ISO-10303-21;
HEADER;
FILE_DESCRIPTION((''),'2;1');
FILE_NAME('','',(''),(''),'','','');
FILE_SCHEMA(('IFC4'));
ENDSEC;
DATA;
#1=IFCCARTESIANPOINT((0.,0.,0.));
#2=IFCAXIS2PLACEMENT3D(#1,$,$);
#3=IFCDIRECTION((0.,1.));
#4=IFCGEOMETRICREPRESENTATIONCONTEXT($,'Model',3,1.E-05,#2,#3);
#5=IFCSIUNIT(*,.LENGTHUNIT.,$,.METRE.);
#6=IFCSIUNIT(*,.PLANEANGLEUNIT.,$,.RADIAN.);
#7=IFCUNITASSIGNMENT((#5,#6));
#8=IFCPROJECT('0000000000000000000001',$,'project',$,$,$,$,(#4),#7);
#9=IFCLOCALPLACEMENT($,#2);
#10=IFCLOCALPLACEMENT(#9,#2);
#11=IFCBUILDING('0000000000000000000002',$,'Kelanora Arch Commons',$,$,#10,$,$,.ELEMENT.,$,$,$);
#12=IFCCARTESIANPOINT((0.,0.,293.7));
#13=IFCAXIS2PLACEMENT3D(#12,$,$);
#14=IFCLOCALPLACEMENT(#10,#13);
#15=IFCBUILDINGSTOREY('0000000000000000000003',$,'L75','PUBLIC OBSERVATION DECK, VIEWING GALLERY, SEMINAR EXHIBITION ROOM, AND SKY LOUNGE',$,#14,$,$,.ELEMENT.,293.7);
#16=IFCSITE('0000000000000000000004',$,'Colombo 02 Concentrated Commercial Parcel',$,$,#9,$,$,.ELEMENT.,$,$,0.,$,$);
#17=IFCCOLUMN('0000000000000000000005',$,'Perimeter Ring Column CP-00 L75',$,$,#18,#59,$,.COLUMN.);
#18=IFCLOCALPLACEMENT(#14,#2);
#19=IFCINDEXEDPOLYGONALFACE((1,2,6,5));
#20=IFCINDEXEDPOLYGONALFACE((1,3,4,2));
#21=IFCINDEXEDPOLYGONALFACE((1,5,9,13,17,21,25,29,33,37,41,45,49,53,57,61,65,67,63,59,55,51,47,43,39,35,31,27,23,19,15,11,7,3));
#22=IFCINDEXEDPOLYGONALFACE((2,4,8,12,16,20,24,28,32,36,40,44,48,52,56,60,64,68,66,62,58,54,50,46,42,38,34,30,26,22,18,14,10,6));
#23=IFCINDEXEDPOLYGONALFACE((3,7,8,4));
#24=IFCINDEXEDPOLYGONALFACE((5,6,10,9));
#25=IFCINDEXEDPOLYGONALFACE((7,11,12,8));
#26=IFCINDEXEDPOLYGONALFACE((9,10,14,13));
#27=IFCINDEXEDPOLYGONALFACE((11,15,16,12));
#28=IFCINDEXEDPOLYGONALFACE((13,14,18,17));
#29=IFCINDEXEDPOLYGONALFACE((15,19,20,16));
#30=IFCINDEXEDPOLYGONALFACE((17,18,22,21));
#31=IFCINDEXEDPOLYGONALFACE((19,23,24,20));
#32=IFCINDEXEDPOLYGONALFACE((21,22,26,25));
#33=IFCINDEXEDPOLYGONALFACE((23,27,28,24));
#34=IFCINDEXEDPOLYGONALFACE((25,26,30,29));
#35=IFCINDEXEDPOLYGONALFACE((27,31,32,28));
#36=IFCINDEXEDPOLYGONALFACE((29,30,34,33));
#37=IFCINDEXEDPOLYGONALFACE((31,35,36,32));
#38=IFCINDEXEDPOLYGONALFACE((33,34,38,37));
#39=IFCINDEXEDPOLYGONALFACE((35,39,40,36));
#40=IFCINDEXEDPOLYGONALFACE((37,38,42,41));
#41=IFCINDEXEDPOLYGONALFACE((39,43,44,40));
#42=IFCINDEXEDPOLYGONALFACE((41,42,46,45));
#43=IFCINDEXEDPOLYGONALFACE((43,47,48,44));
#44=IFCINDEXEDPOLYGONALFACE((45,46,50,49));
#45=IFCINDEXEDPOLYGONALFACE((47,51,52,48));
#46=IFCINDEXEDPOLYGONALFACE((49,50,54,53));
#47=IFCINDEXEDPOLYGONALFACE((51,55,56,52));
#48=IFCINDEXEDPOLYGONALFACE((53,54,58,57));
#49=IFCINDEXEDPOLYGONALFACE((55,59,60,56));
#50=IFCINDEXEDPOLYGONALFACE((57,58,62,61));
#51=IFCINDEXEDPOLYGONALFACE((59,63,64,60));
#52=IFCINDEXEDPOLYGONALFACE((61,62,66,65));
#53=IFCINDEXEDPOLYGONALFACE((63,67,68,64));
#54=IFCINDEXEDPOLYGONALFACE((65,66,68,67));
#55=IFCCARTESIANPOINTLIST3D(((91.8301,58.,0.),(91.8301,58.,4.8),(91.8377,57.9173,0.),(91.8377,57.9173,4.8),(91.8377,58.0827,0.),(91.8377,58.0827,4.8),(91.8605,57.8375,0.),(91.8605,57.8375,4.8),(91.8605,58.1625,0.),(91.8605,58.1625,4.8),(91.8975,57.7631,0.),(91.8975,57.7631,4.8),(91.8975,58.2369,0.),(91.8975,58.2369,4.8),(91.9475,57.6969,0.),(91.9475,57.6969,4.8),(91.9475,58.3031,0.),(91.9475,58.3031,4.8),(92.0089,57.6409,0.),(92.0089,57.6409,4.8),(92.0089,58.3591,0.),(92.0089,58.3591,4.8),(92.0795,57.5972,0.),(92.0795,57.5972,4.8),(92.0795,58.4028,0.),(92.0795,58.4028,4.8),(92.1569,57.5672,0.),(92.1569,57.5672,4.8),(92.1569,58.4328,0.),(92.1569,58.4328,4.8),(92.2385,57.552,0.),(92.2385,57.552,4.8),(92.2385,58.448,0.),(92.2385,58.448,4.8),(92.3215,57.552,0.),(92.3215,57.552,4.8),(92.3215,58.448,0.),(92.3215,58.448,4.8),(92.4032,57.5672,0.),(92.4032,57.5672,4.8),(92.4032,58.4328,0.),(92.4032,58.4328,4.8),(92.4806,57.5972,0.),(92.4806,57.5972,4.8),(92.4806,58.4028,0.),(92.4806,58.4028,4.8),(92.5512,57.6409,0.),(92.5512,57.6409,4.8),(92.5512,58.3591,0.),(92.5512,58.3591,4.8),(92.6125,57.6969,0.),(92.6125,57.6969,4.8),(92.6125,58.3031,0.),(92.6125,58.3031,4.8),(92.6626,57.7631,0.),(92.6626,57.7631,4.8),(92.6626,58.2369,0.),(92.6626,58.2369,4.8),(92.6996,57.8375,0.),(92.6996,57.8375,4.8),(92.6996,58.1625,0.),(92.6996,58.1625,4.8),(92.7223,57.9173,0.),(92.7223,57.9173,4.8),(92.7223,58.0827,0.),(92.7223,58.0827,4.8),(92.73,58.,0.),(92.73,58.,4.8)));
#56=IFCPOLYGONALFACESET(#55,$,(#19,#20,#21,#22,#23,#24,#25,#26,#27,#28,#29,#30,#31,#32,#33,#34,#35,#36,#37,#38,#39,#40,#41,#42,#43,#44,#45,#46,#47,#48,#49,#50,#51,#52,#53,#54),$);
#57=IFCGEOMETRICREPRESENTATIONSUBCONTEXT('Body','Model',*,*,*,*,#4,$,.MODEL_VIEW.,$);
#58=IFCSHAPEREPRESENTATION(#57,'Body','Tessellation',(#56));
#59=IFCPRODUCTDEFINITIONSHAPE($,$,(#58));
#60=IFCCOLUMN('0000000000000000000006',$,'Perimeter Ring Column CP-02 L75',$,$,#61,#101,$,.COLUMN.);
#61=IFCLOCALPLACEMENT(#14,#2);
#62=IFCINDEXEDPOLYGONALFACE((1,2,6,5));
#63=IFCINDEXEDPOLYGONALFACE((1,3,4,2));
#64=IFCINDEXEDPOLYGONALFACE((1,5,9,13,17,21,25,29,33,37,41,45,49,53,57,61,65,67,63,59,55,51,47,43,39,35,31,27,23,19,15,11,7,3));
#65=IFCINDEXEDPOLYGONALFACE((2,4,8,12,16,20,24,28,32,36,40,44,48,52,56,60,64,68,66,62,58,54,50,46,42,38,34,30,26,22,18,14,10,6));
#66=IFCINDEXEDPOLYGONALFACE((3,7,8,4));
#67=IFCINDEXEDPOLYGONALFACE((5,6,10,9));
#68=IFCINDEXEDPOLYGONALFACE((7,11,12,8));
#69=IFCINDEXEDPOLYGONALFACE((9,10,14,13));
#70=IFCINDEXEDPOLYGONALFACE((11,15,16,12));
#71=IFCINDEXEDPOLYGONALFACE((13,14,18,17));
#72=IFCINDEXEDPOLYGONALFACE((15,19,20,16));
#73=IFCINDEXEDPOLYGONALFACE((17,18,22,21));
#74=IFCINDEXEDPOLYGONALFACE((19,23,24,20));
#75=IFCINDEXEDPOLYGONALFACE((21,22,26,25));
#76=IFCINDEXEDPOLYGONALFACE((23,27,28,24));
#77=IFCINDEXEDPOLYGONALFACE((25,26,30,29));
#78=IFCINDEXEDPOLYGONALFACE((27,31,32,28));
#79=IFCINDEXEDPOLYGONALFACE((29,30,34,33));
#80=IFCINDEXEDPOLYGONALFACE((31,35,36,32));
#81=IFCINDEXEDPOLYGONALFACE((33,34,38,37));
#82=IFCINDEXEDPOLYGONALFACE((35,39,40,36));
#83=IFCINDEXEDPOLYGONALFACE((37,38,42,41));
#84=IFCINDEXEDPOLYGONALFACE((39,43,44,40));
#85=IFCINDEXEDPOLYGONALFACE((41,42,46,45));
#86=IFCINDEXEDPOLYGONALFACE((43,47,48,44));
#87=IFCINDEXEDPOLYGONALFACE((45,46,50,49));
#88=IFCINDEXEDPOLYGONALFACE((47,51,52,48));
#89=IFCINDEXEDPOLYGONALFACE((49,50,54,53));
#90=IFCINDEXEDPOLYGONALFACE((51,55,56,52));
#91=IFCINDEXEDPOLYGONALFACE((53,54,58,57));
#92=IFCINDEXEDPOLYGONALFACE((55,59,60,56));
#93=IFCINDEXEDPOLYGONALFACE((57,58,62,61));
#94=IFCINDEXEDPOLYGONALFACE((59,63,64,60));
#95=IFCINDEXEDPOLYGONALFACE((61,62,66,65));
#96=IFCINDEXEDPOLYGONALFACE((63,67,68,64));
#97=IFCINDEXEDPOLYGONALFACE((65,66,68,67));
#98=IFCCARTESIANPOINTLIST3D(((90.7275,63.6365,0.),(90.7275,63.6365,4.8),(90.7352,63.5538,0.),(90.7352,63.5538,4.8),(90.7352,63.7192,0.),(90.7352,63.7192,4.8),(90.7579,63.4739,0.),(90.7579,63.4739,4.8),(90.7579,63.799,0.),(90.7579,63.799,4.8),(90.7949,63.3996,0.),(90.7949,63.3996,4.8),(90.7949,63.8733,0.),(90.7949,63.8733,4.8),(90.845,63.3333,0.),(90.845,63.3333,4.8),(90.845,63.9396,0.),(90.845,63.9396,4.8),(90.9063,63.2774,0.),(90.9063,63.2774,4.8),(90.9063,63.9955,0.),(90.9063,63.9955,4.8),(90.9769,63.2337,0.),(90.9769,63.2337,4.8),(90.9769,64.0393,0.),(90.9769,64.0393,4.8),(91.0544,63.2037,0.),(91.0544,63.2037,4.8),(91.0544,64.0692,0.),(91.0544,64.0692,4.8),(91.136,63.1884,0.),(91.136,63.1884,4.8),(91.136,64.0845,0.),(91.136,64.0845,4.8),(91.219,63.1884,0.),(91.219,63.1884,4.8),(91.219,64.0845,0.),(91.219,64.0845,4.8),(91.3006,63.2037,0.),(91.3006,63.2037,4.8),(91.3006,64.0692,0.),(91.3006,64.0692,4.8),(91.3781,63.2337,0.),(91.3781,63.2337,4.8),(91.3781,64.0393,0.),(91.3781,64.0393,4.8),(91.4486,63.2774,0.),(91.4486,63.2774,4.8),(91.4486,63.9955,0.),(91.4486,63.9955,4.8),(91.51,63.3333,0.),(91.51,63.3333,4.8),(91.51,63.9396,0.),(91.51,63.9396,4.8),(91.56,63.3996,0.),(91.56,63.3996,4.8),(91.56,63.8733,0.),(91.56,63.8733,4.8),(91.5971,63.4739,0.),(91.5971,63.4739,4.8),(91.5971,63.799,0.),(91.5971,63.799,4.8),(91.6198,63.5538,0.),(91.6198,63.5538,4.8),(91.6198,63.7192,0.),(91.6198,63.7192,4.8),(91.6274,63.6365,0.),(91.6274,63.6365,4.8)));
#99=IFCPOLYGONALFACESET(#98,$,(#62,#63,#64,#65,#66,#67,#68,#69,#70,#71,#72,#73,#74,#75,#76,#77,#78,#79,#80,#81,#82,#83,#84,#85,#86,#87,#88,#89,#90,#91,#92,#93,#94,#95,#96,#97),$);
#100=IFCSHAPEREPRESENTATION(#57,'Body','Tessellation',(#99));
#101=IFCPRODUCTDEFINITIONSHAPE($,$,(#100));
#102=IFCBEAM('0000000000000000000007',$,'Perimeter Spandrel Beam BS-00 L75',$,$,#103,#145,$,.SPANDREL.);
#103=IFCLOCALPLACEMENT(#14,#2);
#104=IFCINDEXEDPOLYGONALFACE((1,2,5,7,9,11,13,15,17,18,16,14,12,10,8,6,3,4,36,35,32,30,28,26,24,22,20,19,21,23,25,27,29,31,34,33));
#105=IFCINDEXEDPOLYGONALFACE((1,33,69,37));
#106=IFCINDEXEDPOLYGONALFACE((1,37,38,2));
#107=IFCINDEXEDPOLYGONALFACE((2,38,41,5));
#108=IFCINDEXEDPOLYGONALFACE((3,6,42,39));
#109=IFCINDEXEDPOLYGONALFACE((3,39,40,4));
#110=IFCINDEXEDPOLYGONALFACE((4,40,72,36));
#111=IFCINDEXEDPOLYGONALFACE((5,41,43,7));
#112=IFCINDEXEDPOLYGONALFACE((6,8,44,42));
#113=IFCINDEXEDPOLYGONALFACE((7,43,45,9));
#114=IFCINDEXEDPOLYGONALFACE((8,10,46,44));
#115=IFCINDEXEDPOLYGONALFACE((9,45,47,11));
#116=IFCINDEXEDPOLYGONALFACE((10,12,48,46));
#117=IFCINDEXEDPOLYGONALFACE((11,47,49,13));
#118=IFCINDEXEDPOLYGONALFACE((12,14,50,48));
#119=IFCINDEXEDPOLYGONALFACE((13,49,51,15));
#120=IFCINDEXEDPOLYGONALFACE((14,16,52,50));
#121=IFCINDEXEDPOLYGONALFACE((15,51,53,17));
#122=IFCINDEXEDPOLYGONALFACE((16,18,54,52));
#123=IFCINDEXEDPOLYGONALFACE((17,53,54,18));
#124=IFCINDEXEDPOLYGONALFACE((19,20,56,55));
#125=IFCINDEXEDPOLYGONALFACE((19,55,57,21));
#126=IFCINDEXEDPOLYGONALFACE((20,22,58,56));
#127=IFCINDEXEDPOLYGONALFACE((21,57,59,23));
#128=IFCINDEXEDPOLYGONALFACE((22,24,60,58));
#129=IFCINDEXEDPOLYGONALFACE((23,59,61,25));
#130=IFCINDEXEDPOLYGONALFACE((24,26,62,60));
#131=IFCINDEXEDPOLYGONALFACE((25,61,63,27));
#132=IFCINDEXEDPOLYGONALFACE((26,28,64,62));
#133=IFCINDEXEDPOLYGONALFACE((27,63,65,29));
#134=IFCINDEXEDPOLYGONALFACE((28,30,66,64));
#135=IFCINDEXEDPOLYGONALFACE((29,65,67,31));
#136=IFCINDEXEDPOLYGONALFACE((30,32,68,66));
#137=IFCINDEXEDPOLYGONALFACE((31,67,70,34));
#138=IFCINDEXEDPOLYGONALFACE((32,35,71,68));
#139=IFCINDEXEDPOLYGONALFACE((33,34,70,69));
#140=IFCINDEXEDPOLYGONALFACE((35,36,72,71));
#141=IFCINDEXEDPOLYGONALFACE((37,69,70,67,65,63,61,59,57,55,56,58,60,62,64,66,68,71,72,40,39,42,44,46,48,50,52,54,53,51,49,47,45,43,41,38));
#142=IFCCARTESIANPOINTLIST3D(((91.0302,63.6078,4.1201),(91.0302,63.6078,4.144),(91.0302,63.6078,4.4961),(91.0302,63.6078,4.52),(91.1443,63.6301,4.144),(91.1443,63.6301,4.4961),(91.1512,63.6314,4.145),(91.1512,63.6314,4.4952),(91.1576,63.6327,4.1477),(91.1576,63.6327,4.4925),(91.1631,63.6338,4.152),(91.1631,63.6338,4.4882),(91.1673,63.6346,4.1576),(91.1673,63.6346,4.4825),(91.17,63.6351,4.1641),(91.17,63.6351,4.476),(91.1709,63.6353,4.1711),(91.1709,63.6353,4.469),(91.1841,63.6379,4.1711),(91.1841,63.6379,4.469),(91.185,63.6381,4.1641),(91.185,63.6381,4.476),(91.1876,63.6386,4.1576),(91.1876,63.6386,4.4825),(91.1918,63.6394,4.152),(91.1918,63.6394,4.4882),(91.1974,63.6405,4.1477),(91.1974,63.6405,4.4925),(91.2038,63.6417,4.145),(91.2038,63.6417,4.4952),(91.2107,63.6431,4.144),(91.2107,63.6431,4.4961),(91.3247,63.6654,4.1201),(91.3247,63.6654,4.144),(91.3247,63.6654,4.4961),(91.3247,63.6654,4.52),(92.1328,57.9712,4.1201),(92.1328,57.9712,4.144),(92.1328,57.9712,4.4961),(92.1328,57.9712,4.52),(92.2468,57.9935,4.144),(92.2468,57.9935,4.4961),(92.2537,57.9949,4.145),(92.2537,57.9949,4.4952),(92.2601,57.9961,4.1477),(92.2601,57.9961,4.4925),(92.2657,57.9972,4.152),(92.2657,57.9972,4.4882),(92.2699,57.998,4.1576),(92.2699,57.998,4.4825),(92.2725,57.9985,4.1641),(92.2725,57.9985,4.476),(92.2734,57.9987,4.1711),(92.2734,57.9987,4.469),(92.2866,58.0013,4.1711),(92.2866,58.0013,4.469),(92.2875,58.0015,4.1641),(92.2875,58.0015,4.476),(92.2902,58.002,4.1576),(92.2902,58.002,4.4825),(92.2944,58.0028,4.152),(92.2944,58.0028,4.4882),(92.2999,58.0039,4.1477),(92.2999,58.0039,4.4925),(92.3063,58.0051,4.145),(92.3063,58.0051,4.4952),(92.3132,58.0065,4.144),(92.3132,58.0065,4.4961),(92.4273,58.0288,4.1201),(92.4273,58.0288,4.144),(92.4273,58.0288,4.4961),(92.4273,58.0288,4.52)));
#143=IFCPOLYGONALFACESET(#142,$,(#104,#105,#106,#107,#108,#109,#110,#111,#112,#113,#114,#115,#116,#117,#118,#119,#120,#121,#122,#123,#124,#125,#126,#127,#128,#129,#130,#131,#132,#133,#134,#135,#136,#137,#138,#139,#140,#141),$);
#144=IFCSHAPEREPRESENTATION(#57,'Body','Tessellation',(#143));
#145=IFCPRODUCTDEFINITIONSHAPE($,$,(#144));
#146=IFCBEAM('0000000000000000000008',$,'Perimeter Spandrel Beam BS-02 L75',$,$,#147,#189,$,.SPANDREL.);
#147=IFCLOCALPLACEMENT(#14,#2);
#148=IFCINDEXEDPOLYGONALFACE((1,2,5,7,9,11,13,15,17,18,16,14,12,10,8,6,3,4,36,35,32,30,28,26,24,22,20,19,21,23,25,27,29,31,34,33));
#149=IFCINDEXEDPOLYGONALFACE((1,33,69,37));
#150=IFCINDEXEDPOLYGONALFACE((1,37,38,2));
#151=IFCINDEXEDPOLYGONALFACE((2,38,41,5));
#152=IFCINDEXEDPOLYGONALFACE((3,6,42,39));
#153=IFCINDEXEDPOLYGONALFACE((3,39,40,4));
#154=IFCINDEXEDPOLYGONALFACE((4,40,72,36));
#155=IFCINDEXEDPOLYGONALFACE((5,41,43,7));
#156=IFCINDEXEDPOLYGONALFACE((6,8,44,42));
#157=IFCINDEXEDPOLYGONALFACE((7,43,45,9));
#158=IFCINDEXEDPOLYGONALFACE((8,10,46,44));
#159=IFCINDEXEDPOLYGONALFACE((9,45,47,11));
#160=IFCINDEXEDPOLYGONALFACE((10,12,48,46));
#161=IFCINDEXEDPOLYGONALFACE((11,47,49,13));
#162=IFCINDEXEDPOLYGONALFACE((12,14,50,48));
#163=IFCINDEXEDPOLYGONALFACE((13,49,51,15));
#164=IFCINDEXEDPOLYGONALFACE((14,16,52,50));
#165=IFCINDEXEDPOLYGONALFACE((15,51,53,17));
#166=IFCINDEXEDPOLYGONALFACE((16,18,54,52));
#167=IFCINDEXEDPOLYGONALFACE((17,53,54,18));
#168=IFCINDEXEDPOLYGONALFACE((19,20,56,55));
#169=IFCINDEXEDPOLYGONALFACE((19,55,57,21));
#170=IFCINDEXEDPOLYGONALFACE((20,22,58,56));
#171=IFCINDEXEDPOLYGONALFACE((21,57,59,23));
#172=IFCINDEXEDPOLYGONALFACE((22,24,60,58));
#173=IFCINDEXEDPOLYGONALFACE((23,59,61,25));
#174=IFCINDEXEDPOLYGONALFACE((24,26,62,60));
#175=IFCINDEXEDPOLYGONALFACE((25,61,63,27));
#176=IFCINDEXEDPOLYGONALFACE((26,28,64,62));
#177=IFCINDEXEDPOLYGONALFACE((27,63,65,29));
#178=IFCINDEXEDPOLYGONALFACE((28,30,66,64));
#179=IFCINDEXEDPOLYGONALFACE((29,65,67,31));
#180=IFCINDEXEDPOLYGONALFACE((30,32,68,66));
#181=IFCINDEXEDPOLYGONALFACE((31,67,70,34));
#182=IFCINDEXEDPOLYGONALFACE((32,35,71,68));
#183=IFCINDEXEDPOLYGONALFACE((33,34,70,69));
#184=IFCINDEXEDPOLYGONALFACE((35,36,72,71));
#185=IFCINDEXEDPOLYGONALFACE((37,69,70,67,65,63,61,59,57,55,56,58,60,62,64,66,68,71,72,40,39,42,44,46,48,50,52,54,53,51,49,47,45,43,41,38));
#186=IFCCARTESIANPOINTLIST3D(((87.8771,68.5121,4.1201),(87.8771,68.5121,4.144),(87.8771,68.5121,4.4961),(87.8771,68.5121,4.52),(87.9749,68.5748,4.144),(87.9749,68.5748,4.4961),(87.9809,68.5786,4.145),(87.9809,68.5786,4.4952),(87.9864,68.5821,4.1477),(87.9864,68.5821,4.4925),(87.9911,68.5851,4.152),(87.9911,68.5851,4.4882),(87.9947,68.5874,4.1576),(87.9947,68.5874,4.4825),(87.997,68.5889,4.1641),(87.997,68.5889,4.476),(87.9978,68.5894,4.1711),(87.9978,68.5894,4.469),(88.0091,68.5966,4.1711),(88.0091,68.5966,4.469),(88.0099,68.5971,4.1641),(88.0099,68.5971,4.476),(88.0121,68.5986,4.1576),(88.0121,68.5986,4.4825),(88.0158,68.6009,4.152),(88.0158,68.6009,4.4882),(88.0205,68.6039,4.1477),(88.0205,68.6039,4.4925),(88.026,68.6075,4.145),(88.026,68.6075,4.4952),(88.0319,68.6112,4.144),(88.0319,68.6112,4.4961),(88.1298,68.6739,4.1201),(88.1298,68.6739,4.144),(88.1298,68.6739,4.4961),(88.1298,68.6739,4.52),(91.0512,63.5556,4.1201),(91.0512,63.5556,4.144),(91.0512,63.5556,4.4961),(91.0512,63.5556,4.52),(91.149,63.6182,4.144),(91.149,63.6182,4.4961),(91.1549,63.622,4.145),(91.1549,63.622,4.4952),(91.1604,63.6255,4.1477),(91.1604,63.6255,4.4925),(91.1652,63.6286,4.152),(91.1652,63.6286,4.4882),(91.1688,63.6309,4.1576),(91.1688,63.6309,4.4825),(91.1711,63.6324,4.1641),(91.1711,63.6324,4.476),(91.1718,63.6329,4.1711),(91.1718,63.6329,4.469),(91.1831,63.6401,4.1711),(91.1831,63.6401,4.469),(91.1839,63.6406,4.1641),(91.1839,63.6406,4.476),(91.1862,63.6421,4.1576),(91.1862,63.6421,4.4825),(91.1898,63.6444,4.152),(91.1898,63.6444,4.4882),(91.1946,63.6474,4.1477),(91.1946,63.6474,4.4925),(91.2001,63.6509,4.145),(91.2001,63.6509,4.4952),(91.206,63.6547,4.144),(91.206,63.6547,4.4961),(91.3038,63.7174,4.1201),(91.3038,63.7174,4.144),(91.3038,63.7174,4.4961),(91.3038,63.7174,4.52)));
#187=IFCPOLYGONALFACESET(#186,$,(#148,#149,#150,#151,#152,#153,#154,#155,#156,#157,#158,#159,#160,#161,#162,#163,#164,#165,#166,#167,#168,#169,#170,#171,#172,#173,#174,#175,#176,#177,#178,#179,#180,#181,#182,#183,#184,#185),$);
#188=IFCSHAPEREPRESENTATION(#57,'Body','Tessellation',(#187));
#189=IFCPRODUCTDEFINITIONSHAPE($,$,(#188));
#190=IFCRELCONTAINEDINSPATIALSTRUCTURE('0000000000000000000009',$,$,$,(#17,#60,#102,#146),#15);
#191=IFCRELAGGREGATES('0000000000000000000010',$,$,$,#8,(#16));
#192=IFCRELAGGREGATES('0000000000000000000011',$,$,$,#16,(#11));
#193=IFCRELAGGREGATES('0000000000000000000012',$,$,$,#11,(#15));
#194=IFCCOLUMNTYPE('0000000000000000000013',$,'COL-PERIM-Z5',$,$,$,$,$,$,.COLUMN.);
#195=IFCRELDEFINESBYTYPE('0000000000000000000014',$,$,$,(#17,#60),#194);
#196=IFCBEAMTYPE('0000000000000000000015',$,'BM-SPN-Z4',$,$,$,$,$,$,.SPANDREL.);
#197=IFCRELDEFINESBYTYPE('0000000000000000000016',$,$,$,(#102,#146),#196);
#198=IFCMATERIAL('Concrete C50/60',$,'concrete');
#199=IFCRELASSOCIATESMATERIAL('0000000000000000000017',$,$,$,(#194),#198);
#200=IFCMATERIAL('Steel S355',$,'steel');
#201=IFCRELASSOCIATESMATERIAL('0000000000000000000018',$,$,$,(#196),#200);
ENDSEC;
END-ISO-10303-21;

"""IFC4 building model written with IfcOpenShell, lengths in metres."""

from ifc_helpers import new_model, si_unit, direction, frame, origin, origin_2d, place, context, subcontext, project, spatial, circle, i_section, extrude, material, material_profile, profile_set, type_object, element, save


model = new_model("IFC4")

# Units and contexts
model_context = context("Model", 3, precision=1e-05, world=origin(), true_north=direction((0.0, 1.0)))
body_context = subcontext(model_context, "Body", "Model", "MODEL_VIEW")
ifc_project = project(units=[si_unit("LENGTHUNIT", "METRE"), si_unit("PLANEANGLEUNIT", "RADIAN")], contexts=[model_context])

# Site, building, storey
site_placement = place(None, origin())
site = spatial("IfcSite", under=ifc_project, at=site_placement, Name="Colombo 02 Concentrated Commercial Parcel", CompositionType="ELEMENT", RefElevation=0.0)
building_placement = place(site_placement, origin())
building = spatial("IfcBuilding", under=site, at=building_placement, Name="Kelanora Arch Commons", CompositionType="ELEMENT")
storey_placement = place(building_placement, frame((0.0, 0.0, 293.7)))
storey = spatial("IfcBuildingStorey", under=building, at=storey_placement, Name="L75", Description="PUBLIC OBSERVATION DECK, VIEWING GALLERY, SEMINAR EXHIBITION ROOM, AND SKY LOUNGE", CompositionType="ELEMENT", Elevation=293.7)

# Columns
ifc_material_1 = material(Name="Concrete C50/60", Category="concrete")
ifc_material_profile_1 = material_profile(ifc_material_1, circle(Radius=0.45, at=origin_2d()), Name="RCC900")
ifc_profile_set_1 = profile_set([ifc_material_profile_1], Name="Concrete C50/60")
column_type = type_object("IfcColumnType", Name="COL-PERIM-Z5", PredefinedType="COLUMN", material=ifc_profile_set_1)
for number, where, z_axis, x_axis, name in (
    (1, (92.28, 58.0, 0.0), (0.0, 0.0, 1.0), (1.0, 0.0, 0.0), "Perimeter Ring Column CP-00 L75"),
    (2, (91.1775, 63.6365, 0.0), (0.0, 0.0, 1.0), (1.0, 0.0, 0.0), "Perimeter Ring Column CP-02 L75"),
):
    element("IfcColumn", number, at=place(storey_placement, frame(where, z_axis=z_axis, x_axis=x_axis)), inside=storey, type_object=column_type, Name=name, PredefinedType="COLUMN", context=body_context, shape_type="SweptSolid", body=[
        extrude(circle(Radius=0.45, at=origin_2d()), origin(), (0.0, 0.0, 1.0), 4.8),
    ])

# Beams
ifc_material_2 = material(Name="Steel S355", Category="steel")
ifc_material_profile_2 = material_profile(ifc_material_2, i_section(OverallWidth=0.3, OverallDepth=0.3999, WebThickness=0.0134, FlangeThickness=0.0239, FilletRadius=0.0271, at=origin_2d()), Name="HEB400")
ifc_profile_set_2 = profile_set([ifc_material_profile_2], Name="Steel S355")
beam_type = type_object("IfcBeamType", Name="BM-SPN-Z4", PredefinedType="SPANDREL", material=ifc_profile_set_2)
beam_1_placement = place(storey_placement, frame((92.28, 58.0, 4.3201), z_axis=(-0.19197, 0.981401, 0.0), x_axis=(-0.981401, -0.19197, 0.0)))
element("IfcBeam", 3, at=beam_1_placement, inside=storey, type_object=beam_type, Name="Perimeter Spandrel Beam BS-00 L75", PredefinedType="SPANDREL", context=body_context, shape_type="SweptSolid", body=[
    extrude(i_section(OverallWidth=0.3, OverallDepth=0.3999, WebThickness=0.0134, FlangeThickness=0.0239, FilletRadius=0.0271, at=origin_2d()), origin(), (0.0, 0.0, 1.0), 5.7434),
])
beam_2_placement = place(storey_placement, frame((91.1775, 63.6365, 4.3201), z_axis=(-0.539281, 0.842126, 0.0), x_axis=(-0.842126, -0.539281, 0.0)))
element("IfcBeam", 4, at=beam_2_placement, inside=storey, type_object=beam_type, Name="Perimeter Spandrel Beam BS-02 L75", PredefinedType="SPANDREL", context=body_context, shape_type="SweptSolid", body=[
    extrude(i_section(OverallWidth=0.3, OverallDepth=0.3999, WebThickness=0.0134, FlangeThickness=0.0239, FilletRadius=0.0271, at=origin_2d()), origin(), (0.0, 0.0, 1.0), 5.8857),
])

save(model, "model.ifc")
